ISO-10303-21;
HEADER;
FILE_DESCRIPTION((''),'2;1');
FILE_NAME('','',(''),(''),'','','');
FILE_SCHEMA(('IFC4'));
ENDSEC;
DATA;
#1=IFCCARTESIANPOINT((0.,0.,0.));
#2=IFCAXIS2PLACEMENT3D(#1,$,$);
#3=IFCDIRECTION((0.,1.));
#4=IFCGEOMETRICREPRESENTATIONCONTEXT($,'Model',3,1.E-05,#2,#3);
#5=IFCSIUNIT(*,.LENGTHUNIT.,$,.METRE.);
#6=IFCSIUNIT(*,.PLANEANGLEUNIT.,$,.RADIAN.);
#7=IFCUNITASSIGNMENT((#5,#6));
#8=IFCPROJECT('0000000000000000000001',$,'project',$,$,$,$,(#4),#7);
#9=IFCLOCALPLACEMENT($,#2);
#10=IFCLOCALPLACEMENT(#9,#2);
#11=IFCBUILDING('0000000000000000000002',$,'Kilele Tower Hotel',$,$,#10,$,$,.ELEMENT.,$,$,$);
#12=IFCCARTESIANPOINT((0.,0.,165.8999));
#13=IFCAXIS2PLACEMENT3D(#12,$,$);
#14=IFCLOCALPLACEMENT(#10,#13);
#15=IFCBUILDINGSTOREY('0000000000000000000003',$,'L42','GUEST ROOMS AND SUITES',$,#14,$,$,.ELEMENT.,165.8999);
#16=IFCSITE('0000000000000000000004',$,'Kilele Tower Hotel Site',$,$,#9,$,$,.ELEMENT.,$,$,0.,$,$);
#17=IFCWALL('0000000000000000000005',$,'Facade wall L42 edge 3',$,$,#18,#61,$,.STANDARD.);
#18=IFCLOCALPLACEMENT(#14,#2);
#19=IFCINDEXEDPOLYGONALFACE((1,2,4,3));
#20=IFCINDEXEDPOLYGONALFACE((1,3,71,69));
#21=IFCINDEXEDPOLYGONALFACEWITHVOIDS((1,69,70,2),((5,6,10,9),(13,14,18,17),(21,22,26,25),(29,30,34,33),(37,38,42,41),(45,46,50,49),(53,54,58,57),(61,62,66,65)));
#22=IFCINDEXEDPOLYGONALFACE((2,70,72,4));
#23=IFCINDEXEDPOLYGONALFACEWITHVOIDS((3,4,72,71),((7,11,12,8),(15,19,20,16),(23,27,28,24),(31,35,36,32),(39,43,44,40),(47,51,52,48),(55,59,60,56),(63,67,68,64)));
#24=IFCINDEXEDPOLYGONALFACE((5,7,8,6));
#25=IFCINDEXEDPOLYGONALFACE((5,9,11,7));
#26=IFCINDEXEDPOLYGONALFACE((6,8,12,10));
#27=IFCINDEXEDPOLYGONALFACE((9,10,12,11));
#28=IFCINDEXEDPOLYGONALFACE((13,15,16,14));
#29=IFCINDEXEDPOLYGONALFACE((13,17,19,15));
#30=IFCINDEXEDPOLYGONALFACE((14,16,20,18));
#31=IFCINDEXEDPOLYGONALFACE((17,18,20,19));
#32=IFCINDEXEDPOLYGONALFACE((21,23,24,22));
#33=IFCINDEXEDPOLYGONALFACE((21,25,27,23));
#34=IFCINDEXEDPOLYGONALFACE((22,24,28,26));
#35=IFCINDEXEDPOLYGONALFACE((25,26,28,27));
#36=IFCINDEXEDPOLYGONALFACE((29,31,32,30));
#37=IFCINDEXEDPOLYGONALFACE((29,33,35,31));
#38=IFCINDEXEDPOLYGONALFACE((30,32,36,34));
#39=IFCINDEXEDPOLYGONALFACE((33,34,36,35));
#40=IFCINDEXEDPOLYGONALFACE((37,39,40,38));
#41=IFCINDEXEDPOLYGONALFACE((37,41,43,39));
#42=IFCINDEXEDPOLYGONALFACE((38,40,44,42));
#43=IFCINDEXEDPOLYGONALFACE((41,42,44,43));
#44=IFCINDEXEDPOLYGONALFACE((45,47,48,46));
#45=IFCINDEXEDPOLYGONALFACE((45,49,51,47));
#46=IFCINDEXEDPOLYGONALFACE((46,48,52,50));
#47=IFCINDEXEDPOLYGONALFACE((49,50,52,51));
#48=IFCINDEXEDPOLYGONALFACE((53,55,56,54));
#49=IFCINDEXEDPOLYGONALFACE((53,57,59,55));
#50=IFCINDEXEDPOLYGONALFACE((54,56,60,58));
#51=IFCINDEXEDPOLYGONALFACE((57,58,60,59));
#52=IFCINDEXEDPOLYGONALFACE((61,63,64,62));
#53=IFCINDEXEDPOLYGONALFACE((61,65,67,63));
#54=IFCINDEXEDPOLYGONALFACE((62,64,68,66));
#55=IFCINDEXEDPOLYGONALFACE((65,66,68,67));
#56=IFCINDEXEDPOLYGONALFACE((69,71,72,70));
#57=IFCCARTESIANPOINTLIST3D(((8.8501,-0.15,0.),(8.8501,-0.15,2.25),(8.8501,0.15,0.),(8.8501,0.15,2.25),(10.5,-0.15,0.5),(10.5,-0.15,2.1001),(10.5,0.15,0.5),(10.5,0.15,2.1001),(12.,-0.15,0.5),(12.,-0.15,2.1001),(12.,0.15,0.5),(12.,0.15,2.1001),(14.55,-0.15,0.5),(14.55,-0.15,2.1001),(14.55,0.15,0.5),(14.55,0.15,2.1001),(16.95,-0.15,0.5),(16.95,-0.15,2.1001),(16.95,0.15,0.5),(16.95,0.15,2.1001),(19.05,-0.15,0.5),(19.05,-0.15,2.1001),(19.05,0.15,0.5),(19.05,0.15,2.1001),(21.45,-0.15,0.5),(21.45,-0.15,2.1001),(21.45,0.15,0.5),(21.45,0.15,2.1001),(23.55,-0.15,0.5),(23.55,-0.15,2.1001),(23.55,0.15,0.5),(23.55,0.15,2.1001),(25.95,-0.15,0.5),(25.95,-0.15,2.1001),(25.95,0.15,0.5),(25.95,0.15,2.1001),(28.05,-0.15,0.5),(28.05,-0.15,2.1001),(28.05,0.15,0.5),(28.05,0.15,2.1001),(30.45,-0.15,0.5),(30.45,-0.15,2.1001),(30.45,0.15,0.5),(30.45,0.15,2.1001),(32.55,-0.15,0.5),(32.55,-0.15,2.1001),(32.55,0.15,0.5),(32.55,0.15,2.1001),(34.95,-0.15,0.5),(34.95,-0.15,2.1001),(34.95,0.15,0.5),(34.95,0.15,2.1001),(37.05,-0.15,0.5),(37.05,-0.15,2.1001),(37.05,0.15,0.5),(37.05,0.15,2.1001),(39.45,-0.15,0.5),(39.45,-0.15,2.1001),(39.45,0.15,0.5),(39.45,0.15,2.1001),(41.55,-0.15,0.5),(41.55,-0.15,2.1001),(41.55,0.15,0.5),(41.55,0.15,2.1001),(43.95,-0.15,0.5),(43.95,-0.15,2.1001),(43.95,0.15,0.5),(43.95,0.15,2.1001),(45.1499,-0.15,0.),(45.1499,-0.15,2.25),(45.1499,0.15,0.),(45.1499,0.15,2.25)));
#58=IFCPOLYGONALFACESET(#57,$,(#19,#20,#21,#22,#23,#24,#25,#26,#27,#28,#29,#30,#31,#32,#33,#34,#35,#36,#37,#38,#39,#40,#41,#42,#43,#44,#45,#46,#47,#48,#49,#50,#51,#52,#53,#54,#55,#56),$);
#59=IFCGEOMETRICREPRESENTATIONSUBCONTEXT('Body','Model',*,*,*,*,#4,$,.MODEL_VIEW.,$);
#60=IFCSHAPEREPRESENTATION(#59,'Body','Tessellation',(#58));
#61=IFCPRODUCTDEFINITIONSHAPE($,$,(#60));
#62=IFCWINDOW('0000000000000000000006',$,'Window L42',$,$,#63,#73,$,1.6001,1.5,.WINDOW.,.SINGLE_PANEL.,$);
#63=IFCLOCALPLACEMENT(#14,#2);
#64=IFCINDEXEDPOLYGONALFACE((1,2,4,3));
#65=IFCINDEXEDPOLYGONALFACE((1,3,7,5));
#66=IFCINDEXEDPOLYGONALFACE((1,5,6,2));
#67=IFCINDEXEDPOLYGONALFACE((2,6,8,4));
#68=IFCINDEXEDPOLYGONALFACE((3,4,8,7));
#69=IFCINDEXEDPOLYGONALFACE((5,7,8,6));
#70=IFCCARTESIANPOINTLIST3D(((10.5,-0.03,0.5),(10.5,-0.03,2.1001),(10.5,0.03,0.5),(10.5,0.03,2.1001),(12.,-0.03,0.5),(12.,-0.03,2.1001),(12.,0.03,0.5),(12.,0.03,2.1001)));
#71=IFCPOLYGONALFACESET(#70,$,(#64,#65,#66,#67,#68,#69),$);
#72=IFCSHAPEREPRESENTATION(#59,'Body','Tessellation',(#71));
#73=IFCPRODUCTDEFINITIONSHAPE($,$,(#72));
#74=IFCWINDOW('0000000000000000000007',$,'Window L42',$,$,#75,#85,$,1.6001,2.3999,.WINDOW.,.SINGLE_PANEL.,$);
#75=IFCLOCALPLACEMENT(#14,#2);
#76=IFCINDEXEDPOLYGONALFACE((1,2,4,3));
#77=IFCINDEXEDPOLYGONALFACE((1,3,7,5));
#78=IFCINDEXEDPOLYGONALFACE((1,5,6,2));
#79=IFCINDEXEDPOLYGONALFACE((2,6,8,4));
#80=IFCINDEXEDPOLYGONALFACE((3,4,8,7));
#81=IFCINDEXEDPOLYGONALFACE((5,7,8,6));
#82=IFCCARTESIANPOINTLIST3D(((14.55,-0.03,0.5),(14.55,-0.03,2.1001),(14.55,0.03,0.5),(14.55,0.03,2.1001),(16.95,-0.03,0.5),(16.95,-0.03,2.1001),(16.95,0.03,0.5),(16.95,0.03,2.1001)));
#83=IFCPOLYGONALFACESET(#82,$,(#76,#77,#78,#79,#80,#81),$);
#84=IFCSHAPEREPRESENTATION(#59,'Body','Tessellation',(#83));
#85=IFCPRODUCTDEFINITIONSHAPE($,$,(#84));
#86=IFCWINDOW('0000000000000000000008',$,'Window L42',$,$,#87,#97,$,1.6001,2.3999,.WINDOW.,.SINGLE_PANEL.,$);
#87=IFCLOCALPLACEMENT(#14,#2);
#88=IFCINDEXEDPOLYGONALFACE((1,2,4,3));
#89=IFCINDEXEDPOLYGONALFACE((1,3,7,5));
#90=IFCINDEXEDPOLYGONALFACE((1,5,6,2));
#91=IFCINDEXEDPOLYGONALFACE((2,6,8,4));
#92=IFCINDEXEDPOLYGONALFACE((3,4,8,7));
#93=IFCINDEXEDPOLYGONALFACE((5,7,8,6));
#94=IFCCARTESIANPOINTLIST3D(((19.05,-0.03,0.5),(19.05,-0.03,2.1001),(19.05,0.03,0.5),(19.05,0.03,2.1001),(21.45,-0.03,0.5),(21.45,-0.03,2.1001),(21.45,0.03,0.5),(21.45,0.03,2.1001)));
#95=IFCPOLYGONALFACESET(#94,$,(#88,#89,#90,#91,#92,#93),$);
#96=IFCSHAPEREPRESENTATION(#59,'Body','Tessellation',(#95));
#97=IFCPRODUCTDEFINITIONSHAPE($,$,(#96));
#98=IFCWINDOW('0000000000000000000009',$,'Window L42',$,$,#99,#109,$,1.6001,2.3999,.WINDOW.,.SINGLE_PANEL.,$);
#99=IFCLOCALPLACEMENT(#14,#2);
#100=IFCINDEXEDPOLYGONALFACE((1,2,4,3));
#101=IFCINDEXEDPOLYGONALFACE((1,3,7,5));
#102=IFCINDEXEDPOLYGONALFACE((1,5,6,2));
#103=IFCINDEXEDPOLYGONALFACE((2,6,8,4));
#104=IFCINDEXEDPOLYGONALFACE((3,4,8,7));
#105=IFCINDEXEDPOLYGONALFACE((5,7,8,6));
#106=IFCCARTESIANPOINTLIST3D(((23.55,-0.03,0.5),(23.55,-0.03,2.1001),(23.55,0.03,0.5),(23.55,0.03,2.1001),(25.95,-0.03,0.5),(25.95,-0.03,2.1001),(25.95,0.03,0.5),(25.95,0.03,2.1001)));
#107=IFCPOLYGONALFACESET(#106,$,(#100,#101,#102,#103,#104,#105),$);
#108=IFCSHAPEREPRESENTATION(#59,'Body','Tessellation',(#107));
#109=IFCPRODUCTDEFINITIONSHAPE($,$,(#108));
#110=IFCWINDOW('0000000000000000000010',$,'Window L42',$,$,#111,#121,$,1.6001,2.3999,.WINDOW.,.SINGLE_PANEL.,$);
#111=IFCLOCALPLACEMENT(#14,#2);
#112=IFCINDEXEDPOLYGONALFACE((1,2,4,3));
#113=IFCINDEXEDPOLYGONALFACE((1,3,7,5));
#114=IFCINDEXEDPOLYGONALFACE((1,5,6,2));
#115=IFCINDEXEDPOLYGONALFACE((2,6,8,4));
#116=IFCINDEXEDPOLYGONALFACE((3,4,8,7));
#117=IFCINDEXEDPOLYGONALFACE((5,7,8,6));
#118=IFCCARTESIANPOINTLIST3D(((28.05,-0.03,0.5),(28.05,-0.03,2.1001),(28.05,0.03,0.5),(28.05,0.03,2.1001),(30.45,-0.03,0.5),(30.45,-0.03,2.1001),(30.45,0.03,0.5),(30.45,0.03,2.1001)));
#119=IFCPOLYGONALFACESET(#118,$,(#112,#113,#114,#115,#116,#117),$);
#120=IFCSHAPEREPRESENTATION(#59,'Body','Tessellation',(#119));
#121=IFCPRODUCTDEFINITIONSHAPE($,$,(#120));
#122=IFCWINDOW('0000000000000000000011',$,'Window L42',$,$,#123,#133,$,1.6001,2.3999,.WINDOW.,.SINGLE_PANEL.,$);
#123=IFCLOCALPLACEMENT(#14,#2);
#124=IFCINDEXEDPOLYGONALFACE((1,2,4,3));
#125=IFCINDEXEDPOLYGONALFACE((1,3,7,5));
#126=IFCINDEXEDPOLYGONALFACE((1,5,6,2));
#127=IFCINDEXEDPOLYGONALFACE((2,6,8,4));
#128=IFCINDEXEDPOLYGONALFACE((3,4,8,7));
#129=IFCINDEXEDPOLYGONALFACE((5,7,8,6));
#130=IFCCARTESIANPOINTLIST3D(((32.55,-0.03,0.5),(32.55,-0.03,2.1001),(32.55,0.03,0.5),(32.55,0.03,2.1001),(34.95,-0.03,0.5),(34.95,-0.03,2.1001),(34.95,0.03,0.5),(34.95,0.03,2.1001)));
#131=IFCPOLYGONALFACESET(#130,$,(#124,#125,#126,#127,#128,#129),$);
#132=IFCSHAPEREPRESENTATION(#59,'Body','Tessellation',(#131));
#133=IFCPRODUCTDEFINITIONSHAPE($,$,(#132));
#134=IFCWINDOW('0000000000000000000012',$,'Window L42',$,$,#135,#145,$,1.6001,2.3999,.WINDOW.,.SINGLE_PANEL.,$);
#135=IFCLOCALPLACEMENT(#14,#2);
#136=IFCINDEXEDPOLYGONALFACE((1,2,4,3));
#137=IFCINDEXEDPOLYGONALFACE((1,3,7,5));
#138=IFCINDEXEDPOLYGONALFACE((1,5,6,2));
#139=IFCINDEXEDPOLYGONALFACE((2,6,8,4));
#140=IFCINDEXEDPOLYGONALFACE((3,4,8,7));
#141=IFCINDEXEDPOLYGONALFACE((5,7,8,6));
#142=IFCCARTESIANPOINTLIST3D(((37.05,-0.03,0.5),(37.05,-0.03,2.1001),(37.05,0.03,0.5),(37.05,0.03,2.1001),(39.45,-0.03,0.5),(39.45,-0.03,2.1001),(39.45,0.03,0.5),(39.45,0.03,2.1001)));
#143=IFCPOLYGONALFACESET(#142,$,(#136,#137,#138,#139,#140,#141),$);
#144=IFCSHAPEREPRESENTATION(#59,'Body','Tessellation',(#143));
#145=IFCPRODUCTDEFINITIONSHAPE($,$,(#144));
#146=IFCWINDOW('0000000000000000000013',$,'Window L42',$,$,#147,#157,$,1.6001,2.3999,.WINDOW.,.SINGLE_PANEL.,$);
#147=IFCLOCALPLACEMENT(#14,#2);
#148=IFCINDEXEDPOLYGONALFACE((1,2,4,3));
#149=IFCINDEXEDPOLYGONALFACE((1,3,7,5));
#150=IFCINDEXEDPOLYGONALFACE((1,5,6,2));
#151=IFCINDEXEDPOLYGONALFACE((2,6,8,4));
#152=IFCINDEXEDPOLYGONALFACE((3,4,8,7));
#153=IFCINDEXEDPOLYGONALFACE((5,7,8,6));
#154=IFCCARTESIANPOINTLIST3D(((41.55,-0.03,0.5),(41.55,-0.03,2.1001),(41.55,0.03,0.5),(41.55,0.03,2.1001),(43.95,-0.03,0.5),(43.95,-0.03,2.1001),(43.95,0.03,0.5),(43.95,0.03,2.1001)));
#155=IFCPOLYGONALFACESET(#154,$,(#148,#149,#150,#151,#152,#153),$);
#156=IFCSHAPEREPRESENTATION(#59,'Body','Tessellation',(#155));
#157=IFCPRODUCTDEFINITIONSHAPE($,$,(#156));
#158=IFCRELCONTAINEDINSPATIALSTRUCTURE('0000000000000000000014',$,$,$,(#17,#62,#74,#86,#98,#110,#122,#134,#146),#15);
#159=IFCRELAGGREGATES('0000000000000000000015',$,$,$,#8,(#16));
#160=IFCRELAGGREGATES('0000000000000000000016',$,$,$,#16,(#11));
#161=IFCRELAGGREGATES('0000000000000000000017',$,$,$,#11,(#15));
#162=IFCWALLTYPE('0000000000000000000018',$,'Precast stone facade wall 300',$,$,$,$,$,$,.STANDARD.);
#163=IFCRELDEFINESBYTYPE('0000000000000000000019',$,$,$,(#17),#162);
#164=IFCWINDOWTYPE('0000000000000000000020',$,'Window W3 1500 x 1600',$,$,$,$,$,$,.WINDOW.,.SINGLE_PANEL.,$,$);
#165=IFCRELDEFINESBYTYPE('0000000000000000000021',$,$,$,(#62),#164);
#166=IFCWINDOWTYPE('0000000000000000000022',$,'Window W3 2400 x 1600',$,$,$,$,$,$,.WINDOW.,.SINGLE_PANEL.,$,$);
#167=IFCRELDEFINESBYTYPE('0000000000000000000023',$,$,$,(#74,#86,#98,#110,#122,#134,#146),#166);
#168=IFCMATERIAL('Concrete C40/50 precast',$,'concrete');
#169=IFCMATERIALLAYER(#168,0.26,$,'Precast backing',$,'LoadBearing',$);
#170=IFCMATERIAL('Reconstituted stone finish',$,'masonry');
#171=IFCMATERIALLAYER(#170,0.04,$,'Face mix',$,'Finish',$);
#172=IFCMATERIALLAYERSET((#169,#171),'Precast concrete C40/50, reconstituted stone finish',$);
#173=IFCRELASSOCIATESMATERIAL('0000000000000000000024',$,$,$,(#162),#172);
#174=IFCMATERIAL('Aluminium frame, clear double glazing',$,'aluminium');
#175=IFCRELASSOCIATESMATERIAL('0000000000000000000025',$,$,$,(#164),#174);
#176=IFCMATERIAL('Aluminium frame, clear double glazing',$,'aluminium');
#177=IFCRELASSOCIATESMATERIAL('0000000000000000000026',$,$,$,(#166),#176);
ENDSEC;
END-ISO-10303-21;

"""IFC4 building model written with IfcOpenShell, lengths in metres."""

from ifc_helpers import new_model, si_unit, direction, frame, frame_2d, origin, place, context, subcontext, project, spatial, rectangle, extrude, material, layer, layer_set, type_object, element, fill, save


model = new_model("IFC4")

# Units and contexts
model_context = context("Model", 3, precision=1e-05, world=origin(), true_north=direction((0.0, 1.0)))
body_context = subcontext(model_context, "Body", "Model", "MODEL_VIEW")
ifc_project = project(units=[si_unit("LENGTHUNIT", "METRE"), si_unit("PLANEANGLEUNIT", "RADIAN")], contexts=[model_context])

# Site, building, storey
site_placement = place(None, origin())
site = spatial("IfcSite", under=ifc_project, at=site_placement, Name="Kilele Tower Hotel Site", CompositionType="ELEMENT", RefElevation=0.0)
building_placement = place(site_placement, origin())
building = spatial("IfcBuilding", under=site, at=building_placement, Name="Kilele Tower Hotel", CompositionType="ELEMENT")
storey_placement = place(building_placement, frame((0.0, 0.0, 165.8999)))
storey = spatial("IfcBuildingStorey", under=building, at=storey_placement, Name="L42", Description="GUEST ROOMS AND SUITES", CompositionType="ELEMENT", Elevation=165.8999)

# Shared definitions
ifc_material_1 = material(Name="Concrete C40/50 precast", Category="concrete")
ifc_layer_1 = layer(ifc_material_1, 0.26, Name="Precast backing", Category="LoadBearing")
ifc_material_2 = material(Name="Reconstituted stone finish", Category="masonry")
ifc_layer_2 = layer(ifc_material_2, 0.04, Name="Face mix", Category="Finish")
ifc_layer_set_1 = layer_set([ifc_layer_1, ifc_layer_2], Name="Precast concrete C40/50, reconstituted stone finish")
wall_type = type_object("IfcWallType", Name="Precast stone facade wall 300", PredefinedType="STANDARD", material=ifc_layer_set_1)

# Wall, openings, windows
wall_1_placement = place(storey_placement, frame((8.8501, 0.0, 0.0), z_axis=(0.0, 0.0, 1.0), x_axis=(1.0, 0.0, 0.0)))
wall_1 = element("IfcWall", 1, at=wall_1_placement, inside=storey, type_object=wall_type, Name="Facade wall L42 edge 3", PredefinedType="STANDARD", context=body_context, shape_type="SweptSolid", body=[
    extrude(rectangle(XDim=36.2998, YDim=0.3, at=frame_2d((18.1499, 0.0))), origin(), (0.0, 0.0, 1.0), 2.25),
])
opening_1_placement = place(wall_1_placement, frame((1.6499, 0.0, 0.5)))
opening_1 = element("IfcOpeningElement", 2, at=opening_1_placement, cuts=wall_1, PredefinedType="OPENING", context=body_context, shape_type="SweptSolid", body=[
    extrude(rectangle(XDim=1.5, YDim=1.6001, at=frame_2d((0.75, 0.8))), frame((0.0, 0.1599, 0.0), z_axis=(0.0, -1.0, 0.0), x_axis=(1.0, 0.0, 0.0)), (0.0, 0.0, 1.0), 0.3201),
])
opening_2_placement = place(wall_1_placement, frame((5.7, 0.0, 0.5)))
opening_2 = element("IfcOpeningElement", 3, at=opening_2_placement, cuts=wall_1, PredefinedType="OPENING", context=body_context, shape_type="SweptSolid", body=[
    extrude(rectangle(XDim=2.3999, YDim=1.6001, at=frame_2d((1.2, 0.8))), frame((0.0, 0.1599, 0.0), z_axis=(0.0, -1.0, 0.0), x_axis=(1.0, 0.0, 0.0)), (0.0, 0.0, 1.0), 0.3201),
])
opening_3_placement = place(wall_1_placement, frame((10.2, 0.0, 0.5)))
opening_3 = element("IfcOpeningElement", 4, at=opening_3_placement, cuts=wall_1, PredefinedType="OPENING", context=body_context, shape_type="SweptSolid", body=[
    extrude(rectangle(XDim=2.3999, YDim=1.6001, at=frame_2d((1.2, 0.8))), frame((0.0, 0.1599, 0.0), z_axis=(0.0, -1.0, 0.0), x_axis=(1.0, 0.0, 0.0)), (0.0, 0.0, 1.0), 0.3201),
])
opening_4_placement = place(wall_1_placement, frame((14.7, 0.0, 0.5)))
opening_4 = element("IfcOpeningElement", 5, at=opening_4_placement, cuts=wall_1, PredefinedType="OPENING", context=body_context, shape_type="SweptSolid", body=[
    extrude(rectangle(XDim=2.3999, YDim=1.6001, at=frame_2d((1.2, 0.8))), frame((0.0, 0.1599, 0.0), z_axis=(0.0, -1.0, 0.0), x_axis=(1.0, 0.0, 0.0)), (0.0, 0.0, 1.0), 0.3201),
])
opening_5_placement = place(wall_1_placement, frame((19.2, 0.0, 0.5)))
opening_5 = element("IfcOpeningElement", 6, at=opening_5_placement, cuts=wall_1, PredefinedType="OPENING", context=body_context, shape_type="SweptSolid", body=[
    extrude(rectangle(XDim=2.3999, YDim=1.6001, at=frame_2d((1.2, 0.8))), frame((0.0, 0.1599, 0.0), z_axis=(0.0, -1.0, 0.0), x_axis=(1.0, 0.0, 0.0)), (0.0, 0.0, 1.0), 0.3201),
])
opening_6_placement = place(wall_1_placement, frame((23.7, 0.0, 0.5)))
opening_6 = element("IfcOpeningElement", 7, at=opening_6_placement, cuts=wall_1, PredefinedType="OPENING", context=body_context, shape_type="SweptSolid", body=[
    extrude(rectangle(XDim=2.3999, YDim=1.6001, at=frame_2d((1.2, 0.8))), frame((0.0, 0.1599, 0.0), z_axis=(0.0, -1.0, 0.0), x_axis=(1.0, 0.0, 0.0)), (0.0, 0.0, 1.0), 0.3201),
])
opening_7_placement = place(wall_1_placement, frame((28.2, 0.0, 0.5)))
opening_7 = element("IfcOpeningElement", 8, at=opening_7_placement, cuts=wall_1, PredefinedType="OPENING", context=body_context, shape_type="SweptSolid", body=[
    extrude(rectangle(XDim=2.3999, YDim=1.6001, at=frame_2d((1.2, 0.8))), frame((0.0, 0.1599, 0.0), z_axis=(0.0, -1.0, 0.0), x_axis=(1.0, 0.0, 0.0)), (0.0, 0.0, 1.0), 0.3201),
])
opening_8_placement = place(wall_1_placement, frame((32.7, 0.0, 0.5)))
opening_8 = element("IfcOpeningElement", 9, at=opening_8_placement, cuts=wall_1, PredefinedType="OPENING", context=body_context, shape_type="SweptSolid", body=[
    extrude(rectangle(XDim=2.3999, YDim=1.6001, at=frame_2d((1.2, 0.8))), frame((0.0, 0.1599, 0.0), z_axis=(0.0, -1.0, 0.0), x_axis=(1.0, 0.0, 0.0)), (0.0, 0.0, 1.0), 0.3201),
])
ifc_material_3 = material(Name="Aluminium frame, clear double glazing", Category="aluminium")
window_type_1 = type_object("IfcWindowType", Name="Window W3 1500 x 1600", PartitioningType="SINGLE_PANEL", PredefinedType="WINDOW", material=ifc_material_3)
window_1_placement = place(opening_1_placement, origin())
window_1 = element("IfcWindow", 10, at=window_1_placement, inside=storey, type_object=window_type_1, Name="Window L42", OverallHeight=1.6001, OverallWidth=1.5, PartitioningType="SINGLE_PANEL", PredefinedType="WINDOW", context=body_context, shape_type="SweptSolid", body=[
    extrude(rectangle(XDim=1.5, YDim=1.6001, at=frame_2d((0.75, 0.8))), frame((0.0, 0.03, 0.0), z_axis=(0.0, -1.0, 0.0), x_axis=(1.0, 0.0, 0.0)), (0.0, 0.0, 1.0), 0.0601),
])
fill(opening_1, window_1)
ifc_material_4 = material(Name="Aluminium frame, clear double glazing", Category="aluminium")
window_type_2 = type_object("IfcWindowType", Name="Window W3 2400 x 1600", PartitioningType="SINGLE_PANEL", PredefinedType="WINDOW", material=ifc_material_4)
window_2_placement = place(opening_2_placement, origin())
window_2 = element("IfcWindow", 11, at=window_2_placement, inside=storey, type_object=window_type_2, Name="Window L42", OverallHeight=1.6001, OverallWidth=2.3999, PartitioningType="SINGLE_PANEL", PredefinedType="WINDOW", context=body_context, shape_type="SweptSolid", body=[
    extrude(rectangle(XDim=2.3999, YDim=1.6001, at=frame_2d((1.2, 0.8))), frame((0.0, 0.03, 0.0), z_axis=(0.0, -1.0, 0.0), x_axis=(1.0, 0.0, 0.0)), (0.0, 0.0, 1.0), 0.0601),
])
fill(opening_2, window_2)
window_3_placement = place(opening_3_placement, origin())
window_3 = element("IfcWindow", 12, at=window_3_placement, inside=storey, type_object=window_type_2, Name="Window L42", OverallHeight=1.6001, OverallWidth=2.3999, PartitioningType="SINGLE_PANEL", PredefinedType="WINDOW", context=body_context, shape_type="SweptSolid", body=[
    extrude(rectangle(XDim=2.3999, YDim=1.6001, at=frame_2d((1.2, 0.8))), frame((0.0, 0.03, 0.0), z_axis=(0.0, -1.0, 0.0), x_axis=(1.0, 0.0, 0.0)), (0.0, 0.0, 1.0), 0.0601),
])
fill(opening_3, window_3)
window_4_placement = place(opening_4_placement, origin())
window_4 = element("IfcWindow", 13, at=window_4_placement, inside=storey, type_object=window_type_2, Name="Window L42", OverallHeight=1.6001, OverallWidth=2.3999, PartitioningType="SINGLE_PANEL", PredefinedType="WINDOW", context=body_context, shape_type="SweptSolid", body=[
    extrude(rectangle(XDim=2.3999, YDim=1.6001, at=frame_2d((1.2, 0.8))), frame((0.0, 0.03, 0.0), z_axis=(0.0, -1.0, 0.0), x_axis=(1.0, 0.0, 0.0)), (0.0, 0.0, 1.0), 0.0601),
])
fill(opening_4, window_4)
window_5_placement = place(opening_5_placement, origin())
window_5 = element("IfcWindow", 14, at=window_5_placement, inside=storey, type_object=window_type_2, Name="Window L42", OverallHeight=1.6001, OverallWidth=2.3999, PartitioningType="SINGLE_PANEL", PredefinedType="WINDOW", context=body_context, shape_type="SweptSolid", body=[
    extrude(rectangle(XDim=2.3999, YDim=1.6001, at=frame_2d((1.2, 0.8))), frame((0.0, 0.03, 0.0), z_axis=(0.0, -1.0, 0.0), x_axis=(1.0, 0.0, 0.0)), (0.0, 0.0, 1.0), 0.0601),
])
fill(opening_5, window_5)
window_6_placement = place(opening_6_placement, origin())
window_6 = element("IfcWindow", 15, at=window_6_placement, inside=storey, type_object=window_type_2, Name="Window L42", OverallHeight=1.6001, OverallWidth=2.3999, PartitioningType="SINGLE_PANEL", PredefinedType="WINDOW", context=body_context, shape_type="SweptSolid", body=[
    extrude(rectangle(XDim=2.3999, YDim=1.6001, at=frame_2d((1.2, 0.8))), frame((0.0, 0.03, 0.0), z_axis=(0.0, -1.0, 0.0), x_axis=(1.0, 0.0, 0.0)), (0.0, 0.0, 1.0), 0.0601),
])
fill(opening_6, window_6)
window_7_placement = place(opening_7_placement, origin())
window_7 = element("IfcWindow", 16, at=window_7_placement, inside=storey, type_object=window_type_2, Name="Window L42", OverallHeight=1.6001, OverallWidth=2.3999, PartitioningType="SINGLE_PANEL", PredefinedType="WINDOW", context=body_context, shape_type="SweptSolid", body=[
    extrude(rectangle(XDim=2.3999, YDim=1.6001, at=frame_2d((1.2, 0.8))), frame((0.0, 0.03, 0.0), z_axis=(0.0, -1.0, 0.0), x_axis=(1.0, 0.0, 0.0)), (0.0, 0.0, 1.0), 0.0601),
])
fill(opening_7, window_7)
window_8_placement = place(opening_8_placement, origin())
window_8 = element("IfcWindow", 17, at=window_8_placement, inside=storey, type_object=window_type_2, Name="Window L42", OverallHeight=1.6001, OverallWidth=2.3999, PartitioningType="SINGLE_PANEL", PredefinedType="WINDOW", context=body_context, shape_type="SweptSolid", body=[
    extrude(rectangle(XDim=2.3999, YDim=1.6001, at=frame_2d((1.2, 0.8))), frame((0.0, 0.03, 0.0), z_axis=(0.0, -1.0, 0.0), x_axis=(1.0, 0.0, 0.0)), (0.0, 0.0, 1.0), 0.0601),
])
fill(opening_8, window_8)

save(model, "model.ifc")
